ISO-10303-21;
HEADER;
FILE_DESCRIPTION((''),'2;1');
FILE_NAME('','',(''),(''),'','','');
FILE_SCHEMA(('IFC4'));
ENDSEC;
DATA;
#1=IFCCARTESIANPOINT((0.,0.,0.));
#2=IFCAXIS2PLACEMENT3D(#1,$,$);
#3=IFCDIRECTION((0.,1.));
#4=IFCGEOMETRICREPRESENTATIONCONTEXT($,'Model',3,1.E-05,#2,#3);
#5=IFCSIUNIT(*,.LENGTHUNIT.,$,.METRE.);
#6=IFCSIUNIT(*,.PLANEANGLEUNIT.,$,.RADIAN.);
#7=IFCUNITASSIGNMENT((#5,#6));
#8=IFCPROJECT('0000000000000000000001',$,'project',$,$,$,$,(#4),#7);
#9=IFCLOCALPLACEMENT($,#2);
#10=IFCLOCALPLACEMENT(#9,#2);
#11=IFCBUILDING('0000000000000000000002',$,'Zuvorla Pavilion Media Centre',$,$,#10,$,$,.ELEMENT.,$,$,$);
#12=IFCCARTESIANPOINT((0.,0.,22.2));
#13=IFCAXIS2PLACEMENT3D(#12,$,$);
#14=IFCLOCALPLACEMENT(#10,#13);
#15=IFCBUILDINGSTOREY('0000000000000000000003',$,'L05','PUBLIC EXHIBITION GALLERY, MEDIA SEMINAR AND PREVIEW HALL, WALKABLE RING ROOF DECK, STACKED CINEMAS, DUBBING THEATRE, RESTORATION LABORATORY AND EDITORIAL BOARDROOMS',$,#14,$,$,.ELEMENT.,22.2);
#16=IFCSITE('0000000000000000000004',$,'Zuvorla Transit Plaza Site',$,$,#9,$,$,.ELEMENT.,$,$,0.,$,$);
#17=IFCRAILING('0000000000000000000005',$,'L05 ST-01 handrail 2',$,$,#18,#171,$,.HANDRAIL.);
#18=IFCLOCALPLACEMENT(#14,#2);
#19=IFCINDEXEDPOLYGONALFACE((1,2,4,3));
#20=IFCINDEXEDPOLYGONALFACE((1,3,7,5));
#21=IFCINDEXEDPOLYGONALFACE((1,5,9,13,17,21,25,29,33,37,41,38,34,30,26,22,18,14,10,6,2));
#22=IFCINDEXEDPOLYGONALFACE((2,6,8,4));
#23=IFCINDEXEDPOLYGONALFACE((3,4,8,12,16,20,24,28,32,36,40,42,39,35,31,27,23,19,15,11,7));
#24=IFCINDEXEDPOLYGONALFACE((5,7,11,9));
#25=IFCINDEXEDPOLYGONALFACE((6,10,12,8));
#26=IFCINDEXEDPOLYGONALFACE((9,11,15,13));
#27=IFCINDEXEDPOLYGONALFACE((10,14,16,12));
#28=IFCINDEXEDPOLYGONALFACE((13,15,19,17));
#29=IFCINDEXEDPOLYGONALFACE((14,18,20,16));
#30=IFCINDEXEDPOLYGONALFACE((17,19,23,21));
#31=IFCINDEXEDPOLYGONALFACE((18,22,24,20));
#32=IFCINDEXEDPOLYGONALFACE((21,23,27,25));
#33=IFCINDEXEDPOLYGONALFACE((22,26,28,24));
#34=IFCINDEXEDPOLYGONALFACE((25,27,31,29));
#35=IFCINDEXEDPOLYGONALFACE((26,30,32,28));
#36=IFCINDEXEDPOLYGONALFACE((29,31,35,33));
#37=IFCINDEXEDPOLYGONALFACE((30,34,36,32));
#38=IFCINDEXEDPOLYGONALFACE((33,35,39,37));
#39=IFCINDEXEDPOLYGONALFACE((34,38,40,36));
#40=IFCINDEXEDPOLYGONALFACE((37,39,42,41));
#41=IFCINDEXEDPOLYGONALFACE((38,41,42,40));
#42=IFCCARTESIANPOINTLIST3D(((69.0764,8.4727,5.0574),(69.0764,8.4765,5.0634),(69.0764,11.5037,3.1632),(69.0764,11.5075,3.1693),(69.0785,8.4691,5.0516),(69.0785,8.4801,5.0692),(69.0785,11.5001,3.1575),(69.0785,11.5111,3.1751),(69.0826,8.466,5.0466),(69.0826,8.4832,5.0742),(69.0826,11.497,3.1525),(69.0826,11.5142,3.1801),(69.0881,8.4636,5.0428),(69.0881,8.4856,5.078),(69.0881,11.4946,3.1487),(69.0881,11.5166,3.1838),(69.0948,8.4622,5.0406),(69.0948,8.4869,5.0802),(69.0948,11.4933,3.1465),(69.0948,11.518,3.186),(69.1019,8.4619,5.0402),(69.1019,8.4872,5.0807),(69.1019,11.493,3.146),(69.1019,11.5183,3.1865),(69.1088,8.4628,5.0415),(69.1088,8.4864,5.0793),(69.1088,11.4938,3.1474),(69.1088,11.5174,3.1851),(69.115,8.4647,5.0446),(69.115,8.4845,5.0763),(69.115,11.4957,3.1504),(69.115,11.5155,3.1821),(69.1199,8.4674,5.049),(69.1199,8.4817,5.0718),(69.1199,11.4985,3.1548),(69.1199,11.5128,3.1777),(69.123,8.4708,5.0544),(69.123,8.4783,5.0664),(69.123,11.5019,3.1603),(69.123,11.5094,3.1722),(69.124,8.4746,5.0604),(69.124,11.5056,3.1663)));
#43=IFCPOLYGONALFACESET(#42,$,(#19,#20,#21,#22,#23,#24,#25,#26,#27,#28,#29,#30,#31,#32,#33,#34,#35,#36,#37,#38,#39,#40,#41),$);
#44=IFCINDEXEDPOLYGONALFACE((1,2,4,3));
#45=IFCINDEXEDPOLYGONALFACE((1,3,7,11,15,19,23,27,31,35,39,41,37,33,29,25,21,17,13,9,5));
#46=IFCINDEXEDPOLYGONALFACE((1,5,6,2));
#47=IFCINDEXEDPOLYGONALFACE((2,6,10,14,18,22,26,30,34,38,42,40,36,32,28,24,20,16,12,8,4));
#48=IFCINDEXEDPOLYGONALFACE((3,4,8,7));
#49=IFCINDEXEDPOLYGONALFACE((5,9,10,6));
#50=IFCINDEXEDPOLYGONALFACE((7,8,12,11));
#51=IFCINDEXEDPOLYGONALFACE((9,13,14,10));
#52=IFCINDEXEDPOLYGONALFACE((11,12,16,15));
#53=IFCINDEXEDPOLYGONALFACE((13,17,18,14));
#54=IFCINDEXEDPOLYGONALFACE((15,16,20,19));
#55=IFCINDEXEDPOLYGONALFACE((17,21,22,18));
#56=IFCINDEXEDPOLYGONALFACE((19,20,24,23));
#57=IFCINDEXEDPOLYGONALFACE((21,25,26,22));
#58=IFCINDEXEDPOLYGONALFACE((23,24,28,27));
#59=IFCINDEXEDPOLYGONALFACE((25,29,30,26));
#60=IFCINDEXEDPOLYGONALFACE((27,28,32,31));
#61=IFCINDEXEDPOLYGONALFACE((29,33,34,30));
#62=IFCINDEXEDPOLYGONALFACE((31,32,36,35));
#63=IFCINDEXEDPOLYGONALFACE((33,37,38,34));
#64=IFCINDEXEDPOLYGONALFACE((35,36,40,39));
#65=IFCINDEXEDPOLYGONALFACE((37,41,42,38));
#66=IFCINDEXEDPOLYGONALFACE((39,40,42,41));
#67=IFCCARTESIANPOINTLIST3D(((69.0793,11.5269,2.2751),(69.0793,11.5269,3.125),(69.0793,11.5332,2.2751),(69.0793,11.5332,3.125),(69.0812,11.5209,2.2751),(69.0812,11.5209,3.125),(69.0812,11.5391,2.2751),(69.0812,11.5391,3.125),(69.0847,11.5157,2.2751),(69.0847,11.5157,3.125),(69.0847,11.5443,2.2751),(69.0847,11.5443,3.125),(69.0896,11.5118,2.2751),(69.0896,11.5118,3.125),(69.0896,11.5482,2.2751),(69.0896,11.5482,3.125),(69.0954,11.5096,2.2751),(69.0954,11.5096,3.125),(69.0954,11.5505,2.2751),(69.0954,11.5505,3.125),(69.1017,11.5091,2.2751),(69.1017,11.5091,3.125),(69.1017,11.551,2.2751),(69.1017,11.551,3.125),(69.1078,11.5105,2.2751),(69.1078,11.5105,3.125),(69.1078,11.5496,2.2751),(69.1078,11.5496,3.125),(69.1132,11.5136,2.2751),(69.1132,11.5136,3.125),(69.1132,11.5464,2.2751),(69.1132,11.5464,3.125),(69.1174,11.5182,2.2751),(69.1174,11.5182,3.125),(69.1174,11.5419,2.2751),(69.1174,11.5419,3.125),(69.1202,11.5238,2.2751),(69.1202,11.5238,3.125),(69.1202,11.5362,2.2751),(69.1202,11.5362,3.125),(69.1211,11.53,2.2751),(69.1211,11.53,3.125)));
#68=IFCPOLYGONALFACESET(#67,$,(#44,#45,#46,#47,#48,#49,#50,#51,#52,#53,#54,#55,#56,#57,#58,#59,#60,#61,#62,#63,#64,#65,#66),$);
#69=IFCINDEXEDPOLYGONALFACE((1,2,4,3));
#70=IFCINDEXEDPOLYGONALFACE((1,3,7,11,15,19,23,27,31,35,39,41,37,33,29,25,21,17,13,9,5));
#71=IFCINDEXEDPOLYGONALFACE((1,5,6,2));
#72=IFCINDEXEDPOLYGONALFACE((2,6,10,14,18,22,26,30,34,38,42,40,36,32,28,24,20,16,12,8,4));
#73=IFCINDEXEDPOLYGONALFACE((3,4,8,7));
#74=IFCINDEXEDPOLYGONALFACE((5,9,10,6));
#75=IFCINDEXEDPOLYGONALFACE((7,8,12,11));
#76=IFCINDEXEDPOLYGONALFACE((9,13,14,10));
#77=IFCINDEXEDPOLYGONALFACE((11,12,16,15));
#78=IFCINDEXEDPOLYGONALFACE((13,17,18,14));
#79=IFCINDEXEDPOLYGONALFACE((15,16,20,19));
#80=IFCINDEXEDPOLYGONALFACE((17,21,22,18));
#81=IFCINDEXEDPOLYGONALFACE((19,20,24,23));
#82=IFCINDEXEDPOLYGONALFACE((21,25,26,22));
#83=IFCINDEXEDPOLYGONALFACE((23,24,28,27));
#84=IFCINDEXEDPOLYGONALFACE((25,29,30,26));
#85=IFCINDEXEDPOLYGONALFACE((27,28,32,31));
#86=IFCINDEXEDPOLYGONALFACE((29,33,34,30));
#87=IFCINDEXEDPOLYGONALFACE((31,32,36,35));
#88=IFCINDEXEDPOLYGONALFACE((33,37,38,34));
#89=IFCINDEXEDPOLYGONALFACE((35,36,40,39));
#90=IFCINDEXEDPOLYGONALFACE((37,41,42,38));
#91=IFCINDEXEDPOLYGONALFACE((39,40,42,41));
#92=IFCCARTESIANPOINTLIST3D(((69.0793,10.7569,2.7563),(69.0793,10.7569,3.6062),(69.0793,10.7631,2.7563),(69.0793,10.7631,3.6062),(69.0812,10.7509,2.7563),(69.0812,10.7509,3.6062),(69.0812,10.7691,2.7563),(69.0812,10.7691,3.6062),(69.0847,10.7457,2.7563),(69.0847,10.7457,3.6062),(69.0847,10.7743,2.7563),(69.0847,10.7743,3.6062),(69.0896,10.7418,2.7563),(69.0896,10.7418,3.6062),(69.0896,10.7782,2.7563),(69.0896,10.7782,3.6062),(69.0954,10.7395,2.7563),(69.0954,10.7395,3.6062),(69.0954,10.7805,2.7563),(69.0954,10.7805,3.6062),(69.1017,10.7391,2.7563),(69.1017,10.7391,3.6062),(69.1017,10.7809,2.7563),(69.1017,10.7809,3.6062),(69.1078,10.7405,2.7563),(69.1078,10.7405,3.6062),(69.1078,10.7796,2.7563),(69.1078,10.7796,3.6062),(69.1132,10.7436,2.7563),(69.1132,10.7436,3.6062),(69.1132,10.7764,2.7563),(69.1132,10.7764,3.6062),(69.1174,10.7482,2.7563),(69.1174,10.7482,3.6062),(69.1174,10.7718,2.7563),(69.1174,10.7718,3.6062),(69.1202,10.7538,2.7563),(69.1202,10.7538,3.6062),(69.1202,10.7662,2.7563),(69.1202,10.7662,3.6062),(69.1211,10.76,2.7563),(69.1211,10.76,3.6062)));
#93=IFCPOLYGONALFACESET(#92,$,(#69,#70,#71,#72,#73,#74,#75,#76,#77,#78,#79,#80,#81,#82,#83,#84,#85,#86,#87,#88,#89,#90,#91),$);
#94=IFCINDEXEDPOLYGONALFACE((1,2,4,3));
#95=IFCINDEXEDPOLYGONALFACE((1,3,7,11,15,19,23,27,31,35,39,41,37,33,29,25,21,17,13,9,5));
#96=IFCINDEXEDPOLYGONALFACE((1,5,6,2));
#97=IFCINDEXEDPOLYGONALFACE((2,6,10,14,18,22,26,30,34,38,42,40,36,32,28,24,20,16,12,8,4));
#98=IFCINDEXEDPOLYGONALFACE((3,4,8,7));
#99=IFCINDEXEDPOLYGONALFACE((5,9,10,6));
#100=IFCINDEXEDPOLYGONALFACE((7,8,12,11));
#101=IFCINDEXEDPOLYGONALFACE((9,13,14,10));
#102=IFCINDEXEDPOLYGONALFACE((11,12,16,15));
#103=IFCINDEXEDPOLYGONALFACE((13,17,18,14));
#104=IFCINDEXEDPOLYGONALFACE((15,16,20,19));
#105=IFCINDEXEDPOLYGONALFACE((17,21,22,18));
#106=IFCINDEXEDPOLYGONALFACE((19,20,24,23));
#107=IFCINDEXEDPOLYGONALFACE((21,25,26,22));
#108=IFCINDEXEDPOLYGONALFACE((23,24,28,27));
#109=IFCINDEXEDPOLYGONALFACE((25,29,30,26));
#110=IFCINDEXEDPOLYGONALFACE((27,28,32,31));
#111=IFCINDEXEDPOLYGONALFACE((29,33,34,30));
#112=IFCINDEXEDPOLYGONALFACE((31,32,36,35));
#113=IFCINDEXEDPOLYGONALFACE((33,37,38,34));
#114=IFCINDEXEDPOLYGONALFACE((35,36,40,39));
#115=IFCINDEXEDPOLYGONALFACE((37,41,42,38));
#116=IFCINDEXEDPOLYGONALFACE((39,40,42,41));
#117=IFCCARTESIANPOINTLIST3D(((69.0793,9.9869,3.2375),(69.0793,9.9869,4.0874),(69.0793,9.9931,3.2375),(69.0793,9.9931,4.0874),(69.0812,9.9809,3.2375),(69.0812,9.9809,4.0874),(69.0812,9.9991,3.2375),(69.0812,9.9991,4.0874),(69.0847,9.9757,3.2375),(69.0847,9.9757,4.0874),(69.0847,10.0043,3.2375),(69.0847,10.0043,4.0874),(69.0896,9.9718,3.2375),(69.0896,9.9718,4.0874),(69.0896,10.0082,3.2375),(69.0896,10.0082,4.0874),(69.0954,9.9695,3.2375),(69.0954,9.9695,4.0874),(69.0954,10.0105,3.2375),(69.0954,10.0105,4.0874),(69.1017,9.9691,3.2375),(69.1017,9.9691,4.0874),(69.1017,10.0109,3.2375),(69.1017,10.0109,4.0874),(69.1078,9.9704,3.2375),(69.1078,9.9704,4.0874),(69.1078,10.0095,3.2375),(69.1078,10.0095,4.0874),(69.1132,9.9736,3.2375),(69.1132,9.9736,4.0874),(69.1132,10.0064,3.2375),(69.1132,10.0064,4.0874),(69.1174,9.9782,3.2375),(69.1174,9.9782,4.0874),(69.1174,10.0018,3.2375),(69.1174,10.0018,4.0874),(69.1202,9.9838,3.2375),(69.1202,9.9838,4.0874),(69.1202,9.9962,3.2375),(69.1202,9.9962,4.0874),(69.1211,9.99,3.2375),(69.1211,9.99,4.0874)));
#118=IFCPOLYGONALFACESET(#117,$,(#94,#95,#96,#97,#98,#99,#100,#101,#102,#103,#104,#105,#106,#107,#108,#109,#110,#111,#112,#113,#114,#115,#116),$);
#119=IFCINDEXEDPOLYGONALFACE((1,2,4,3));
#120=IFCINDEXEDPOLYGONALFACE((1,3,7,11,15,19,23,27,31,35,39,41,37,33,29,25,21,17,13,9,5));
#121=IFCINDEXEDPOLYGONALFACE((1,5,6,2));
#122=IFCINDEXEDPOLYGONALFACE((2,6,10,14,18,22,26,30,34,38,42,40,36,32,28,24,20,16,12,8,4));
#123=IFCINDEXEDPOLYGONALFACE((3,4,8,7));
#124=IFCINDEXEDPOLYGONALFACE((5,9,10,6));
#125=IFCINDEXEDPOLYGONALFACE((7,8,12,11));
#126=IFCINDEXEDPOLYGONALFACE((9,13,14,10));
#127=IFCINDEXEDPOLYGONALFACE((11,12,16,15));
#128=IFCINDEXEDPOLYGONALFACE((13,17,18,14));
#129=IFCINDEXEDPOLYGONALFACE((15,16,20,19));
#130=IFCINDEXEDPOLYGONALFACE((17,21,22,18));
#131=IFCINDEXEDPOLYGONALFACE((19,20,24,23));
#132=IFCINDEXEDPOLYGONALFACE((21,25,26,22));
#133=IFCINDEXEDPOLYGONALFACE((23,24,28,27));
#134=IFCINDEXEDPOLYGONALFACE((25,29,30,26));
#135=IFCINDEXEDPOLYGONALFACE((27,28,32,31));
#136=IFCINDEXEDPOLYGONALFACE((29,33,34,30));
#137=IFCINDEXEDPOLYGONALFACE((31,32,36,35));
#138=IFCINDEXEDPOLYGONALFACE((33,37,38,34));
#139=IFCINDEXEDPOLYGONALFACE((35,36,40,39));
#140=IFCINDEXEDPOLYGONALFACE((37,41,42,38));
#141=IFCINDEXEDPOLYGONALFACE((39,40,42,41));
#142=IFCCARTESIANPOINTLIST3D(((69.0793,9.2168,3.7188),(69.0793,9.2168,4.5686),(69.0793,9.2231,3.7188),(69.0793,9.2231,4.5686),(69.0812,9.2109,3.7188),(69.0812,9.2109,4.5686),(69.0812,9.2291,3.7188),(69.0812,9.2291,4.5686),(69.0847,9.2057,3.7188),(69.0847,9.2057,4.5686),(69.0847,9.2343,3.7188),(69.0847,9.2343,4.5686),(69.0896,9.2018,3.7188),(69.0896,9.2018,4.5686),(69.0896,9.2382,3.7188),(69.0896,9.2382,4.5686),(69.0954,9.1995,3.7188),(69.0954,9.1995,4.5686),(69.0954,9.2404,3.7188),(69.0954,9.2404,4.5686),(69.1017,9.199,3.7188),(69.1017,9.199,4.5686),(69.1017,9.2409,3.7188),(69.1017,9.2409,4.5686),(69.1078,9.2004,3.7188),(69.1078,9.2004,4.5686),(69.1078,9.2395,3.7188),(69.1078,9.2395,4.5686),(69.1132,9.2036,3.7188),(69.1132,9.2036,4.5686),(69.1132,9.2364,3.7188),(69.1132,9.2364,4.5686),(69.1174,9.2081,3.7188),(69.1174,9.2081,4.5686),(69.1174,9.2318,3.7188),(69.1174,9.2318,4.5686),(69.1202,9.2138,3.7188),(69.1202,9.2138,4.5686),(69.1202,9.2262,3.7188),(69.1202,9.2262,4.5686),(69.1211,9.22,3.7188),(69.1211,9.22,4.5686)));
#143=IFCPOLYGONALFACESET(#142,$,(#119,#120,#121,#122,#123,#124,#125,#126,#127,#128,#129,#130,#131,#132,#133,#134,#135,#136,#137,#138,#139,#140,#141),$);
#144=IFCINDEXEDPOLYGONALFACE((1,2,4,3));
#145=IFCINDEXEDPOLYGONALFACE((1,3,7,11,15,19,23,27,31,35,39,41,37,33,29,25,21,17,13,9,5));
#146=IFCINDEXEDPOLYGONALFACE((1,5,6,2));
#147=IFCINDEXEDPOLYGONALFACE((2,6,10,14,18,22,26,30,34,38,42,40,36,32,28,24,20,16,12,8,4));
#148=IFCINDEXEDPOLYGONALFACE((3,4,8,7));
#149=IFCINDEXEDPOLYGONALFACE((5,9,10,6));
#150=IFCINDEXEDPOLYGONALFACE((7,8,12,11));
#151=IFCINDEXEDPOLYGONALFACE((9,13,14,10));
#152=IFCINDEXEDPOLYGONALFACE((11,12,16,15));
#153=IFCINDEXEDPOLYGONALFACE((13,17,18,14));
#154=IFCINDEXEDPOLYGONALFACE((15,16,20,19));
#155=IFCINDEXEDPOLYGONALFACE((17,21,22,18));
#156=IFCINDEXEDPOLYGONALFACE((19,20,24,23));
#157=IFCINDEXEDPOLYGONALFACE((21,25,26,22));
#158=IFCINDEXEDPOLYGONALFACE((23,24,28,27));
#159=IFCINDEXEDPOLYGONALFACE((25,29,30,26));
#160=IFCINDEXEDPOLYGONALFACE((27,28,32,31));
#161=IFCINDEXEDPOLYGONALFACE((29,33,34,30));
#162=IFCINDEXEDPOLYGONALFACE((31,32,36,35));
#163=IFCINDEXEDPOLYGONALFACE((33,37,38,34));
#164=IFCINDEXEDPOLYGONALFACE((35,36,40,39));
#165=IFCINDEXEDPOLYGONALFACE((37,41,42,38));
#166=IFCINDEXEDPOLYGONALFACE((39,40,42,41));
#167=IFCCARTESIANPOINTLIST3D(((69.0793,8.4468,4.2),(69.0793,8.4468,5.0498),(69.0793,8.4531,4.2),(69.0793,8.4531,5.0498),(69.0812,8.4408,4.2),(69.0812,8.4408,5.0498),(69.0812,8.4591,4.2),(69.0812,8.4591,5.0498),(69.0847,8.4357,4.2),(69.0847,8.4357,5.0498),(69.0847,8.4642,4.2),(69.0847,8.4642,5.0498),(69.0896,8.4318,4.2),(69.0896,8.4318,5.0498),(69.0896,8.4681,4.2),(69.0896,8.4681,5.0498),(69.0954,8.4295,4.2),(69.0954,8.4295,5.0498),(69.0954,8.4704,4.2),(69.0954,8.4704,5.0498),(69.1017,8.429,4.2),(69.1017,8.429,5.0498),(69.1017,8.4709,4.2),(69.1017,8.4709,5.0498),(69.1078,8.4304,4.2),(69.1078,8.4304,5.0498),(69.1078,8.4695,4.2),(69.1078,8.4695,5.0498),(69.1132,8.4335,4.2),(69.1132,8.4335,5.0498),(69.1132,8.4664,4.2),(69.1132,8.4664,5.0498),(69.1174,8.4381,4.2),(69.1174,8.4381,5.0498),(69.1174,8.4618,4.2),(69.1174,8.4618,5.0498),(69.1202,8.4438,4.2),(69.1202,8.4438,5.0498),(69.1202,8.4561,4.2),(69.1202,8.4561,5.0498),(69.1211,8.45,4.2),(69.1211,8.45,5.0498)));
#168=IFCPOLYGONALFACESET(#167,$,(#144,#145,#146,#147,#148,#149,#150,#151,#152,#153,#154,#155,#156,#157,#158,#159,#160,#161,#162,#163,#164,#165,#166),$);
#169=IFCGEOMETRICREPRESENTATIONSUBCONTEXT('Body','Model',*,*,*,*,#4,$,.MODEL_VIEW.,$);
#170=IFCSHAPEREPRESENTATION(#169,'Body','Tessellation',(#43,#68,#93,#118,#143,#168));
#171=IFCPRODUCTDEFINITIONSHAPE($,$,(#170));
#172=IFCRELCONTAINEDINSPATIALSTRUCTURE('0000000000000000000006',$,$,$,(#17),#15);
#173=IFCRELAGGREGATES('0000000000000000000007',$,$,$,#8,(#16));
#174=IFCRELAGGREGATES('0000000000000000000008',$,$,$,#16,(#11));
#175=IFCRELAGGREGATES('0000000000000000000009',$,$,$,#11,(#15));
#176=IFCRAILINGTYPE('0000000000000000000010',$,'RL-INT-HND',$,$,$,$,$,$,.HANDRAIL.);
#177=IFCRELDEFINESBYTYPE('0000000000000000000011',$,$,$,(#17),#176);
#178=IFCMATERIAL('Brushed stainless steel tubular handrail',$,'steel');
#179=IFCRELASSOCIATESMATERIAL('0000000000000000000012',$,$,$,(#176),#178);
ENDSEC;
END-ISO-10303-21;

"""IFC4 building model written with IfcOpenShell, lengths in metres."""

from ifc_helpers import new_model, si_unit, direction, frame, origin, origin_2d, place, context, subcontext, project, spatial, circle, extrude, material, type_object, element, save


model = new_model("IFC4")

# Units and contexts
model_context = context("Model", 3, precision=1e-05, world=origin(), true_north=direction((0.0, 1.0)))
body_context = subcontext(model_context, "Body", "Model", "MODEL_VIEW")
ifc_project = project(units=[si_unit("LENGTHUNIT", "METRE"), si_unit("PLANEANGLEUNIT", "RADIAN")], contexts=[model_context])

# Site, building, storey
site_placement = place(None, origin())
site = spatial("IfcSite", under=ifc_project, at=site_placement, Name="Zuvorla Transit Plaza Site", CompositionType="ELEMENT", RefElevation=0.0)
building_placement = place(site_placement, origin())
building = spatial("IfcBuilding", under=site, at=building_placement, Name="Zuvorla Pavilion Media Centre", CompositionType="ELEMENT")
storey_placement = place(building_placement, frame((0.0, 0.0, 22.2)))
storey = spatial("IfcBuildingStorey", under=building, at=storey_placement, Name="L05", Description="PUBLIC EXHIBITION GALLERY, MEDIA SEMINAR AND PREVIEW HALL, WALKABLE RING ROOF DECK, STACKED CINEMAS, DUBBING THEATRE, RESTORATION LABORATORY AND EDITORIAL BOARDROOMS", CompositionType="ELEMENT", Elevation=22.2)

# Railing
ifc_material_1 = material(Name="Brushed stainless steel tubular handrail", Category="steel")
railing_type_1 = type_object("IfcRailingType", Name="RL-INT-HND", PredefinedType="HANDRAIL", material=ifc_material_1)
railing_1_placement = place(storey_placement, frame((69.1001, 11.53, 2.2751)))
element("IfcRailing", 1, at=railing_1_placement, inside=storey, type_object=railing_type_1, Name="L05 ST-01 handrail 2", PredefinedType="HANDRAIL", context=body_context, shape_type="SweptSolid", body=[
    extrude(circle(Radius=0.0239, at=origin_2d()), frame((0.0, -0.0244, 0.8911), z_axis=(0.0, -0.848029, 0.529951), x_axis=(1.0, 0.0, 0.0)), (0.0, 0.0, 1.0), 3.5742),
    extrude(circle(Radius=0.021, at=origin_2d()), origin(), (0.0, 0.0, 1.0), 0.8499),
    extrude(circle(Radius=0.021, at=origin_2d()), frame((0.0, -0.77, 0.4812)), (0.0, 0.0, 1.0), 0.8499),
    extrude(circle(Radius=0.021, at=origin_2d()), frame((0.0, -1.54, 0.9624)), (0.0, 0.0, 1.0), 0.8499),
    extrude(circle(Radius=0.021, at=origin_2d()), frame((0.0, -2.3101, 1.4436)), (0.0, 0.0, 1.0), 0.8499),
    extrude(circle(Radius=0.021, at=origin_2d()), frame((0.0, -3.0801, 1.9248)), (0.0, 0.0, 1.0), 0.8499),
])

save(model, "model.ifc")
